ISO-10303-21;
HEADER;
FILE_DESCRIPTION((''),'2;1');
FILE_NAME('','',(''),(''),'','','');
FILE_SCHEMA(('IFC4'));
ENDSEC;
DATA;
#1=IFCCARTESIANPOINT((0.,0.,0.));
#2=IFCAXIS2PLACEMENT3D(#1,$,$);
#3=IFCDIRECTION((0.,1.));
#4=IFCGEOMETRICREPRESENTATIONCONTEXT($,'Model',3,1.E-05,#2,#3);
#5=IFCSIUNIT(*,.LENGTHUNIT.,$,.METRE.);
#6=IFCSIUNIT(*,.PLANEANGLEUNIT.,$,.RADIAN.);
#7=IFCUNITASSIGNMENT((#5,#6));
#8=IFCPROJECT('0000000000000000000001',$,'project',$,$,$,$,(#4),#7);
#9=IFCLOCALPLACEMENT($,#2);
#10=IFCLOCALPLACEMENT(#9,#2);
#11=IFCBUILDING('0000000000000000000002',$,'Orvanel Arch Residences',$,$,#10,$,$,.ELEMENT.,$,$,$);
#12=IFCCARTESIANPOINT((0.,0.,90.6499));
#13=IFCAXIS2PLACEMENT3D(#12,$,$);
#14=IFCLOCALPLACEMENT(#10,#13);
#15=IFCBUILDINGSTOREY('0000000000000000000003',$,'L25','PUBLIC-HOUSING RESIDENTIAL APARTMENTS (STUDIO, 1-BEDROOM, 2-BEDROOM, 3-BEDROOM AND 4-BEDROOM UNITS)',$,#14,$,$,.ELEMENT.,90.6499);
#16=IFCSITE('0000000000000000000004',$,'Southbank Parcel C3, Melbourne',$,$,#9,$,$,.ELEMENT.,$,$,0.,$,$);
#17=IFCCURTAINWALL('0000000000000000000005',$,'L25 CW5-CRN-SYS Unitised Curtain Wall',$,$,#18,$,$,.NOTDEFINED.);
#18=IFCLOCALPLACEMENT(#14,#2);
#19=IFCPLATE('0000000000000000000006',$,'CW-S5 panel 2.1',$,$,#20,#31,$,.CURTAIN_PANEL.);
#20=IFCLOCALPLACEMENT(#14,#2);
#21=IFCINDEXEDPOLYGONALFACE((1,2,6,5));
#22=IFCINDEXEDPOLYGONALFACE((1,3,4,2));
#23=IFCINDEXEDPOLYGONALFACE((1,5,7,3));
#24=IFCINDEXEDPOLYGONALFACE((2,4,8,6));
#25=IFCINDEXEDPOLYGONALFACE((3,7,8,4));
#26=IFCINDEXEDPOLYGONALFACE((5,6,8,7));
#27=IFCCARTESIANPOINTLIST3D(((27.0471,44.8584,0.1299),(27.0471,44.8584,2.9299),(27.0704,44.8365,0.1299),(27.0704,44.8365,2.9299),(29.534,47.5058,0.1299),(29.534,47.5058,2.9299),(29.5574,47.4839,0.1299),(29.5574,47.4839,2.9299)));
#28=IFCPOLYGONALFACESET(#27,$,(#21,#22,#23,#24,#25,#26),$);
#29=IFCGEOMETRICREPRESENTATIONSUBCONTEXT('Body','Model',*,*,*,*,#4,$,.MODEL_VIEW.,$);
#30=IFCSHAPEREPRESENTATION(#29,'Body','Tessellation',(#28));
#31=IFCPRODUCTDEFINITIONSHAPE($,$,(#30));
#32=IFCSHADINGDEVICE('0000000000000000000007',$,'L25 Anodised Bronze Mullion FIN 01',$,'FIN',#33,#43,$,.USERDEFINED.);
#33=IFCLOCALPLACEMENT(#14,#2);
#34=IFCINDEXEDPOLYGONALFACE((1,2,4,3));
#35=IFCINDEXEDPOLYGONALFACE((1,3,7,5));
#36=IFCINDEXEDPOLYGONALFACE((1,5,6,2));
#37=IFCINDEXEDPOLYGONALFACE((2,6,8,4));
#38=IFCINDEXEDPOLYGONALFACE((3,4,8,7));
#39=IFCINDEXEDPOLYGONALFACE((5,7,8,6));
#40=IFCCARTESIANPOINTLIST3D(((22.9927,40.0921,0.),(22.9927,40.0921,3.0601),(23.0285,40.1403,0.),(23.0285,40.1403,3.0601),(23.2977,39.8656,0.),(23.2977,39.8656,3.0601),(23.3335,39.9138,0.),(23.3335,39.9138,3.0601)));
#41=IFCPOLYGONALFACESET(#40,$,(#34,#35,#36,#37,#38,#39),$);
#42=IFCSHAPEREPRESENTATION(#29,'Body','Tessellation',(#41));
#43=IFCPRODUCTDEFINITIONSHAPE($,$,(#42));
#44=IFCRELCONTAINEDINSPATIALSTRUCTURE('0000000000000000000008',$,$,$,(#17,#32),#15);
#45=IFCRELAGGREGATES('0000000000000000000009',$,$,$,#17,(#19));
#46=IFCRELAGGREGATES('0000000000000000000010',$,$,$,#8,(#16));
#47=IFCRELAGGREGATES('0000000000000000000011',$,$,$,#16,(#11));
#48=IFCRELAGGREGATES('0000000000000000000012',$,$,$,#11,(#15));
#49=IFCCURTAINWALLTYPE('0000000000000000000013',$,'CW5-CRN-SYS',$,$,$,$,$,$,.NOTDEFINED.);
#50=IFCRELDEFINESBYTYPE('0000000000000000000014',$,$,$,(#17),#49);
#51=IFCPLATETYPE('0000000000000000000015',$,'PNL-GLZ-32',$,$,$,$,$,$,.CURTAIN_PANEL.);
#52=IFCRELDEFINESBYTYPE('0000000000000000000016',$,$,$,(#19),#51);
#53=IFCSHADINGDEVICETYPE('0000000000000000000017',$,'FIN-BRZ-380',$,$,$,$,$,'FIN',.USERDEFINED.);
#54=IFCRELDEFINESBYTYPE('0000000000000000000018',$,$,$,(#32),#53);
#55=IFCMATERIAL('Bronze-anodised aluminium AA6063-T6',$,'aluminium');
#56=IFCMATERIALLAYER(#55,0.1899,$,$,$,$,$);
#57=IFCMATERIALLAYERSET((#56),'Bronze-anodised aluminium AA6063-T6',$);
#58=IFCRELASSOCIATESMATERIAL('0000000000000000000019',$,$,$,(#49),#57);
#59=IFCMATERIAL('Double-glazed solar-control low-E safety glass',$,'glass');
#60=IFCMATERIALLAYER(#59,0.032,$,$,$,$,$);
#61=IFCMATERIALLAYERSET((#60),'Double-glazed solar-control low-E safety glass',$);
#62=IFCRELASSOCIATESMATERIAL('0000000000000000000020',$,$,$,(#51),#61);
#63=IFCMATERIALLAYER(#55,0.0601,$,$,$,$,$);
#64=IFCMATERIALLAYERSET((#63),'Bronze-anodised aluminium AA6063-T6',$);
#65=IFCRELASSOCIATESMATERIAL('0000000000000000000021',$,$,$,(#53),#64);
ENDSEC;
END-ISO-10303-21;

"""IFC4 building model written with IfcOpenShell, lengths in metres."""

from ifc_helpers import new_model, si_unit, direction, frame, origin, origin_2d, place, context, subcontext, project, spatial, rectangle, extrude, material, layer, layer_set, type_object, element, aggregate, save


model = new_model("IFC4")

# Units and contexts
model_context = context("Model", 3, precision=1e-05, world=origin(), true_north=direction((0.0, 1.0)))
body_context = subcontext(model_context, "Body", "Model", "MODEL_VIEW")
ifc_project = project(units=[si_unit("LENGTHUNIT", "METRE"), si_unit("PLANEANGLEUNIT", "RADIAN")], contexts=[model_context])

# Site, building, storey
site_placement = place(None, origin())
site = spatial("IfcSite", under=ifc_project, at=site_placement, Name="Southbank Parcel C3, Melbourne", CompositionType="ELEMENT", RefElevation=0.0)
building_placement = place(site_placement, origin())
building = spatial("IfcBuilding", under=site, at=building_placement, Name="Orvanel Arch Residences", CompositionType="ELEMENT")
storey_placement = place(building_placement, frame((0.0, 0.0, 90.6499)))
storey = spatial("IfcBuildingStorey", under=building, at=storey_placement, Name="L25", Description="PUBLIC-HOUSING RESIDENTIAL APARTMENTS (STUDIO, 1-BEDROOM, 2-BEDROOM, 3-BEDROOM AND 4-BEDROOM UNITS)", CompositionType="ELEMENT", Elevation=90.6499)

# Shared definitions
ifc_material_1 = material(Name="Bronze-anodised aluminium AA6063-T6", Category="aluminium")
ifc_layer_1 = layer(ifc_material_1, 0.1899)
ifc_layer_set_1 = layer_set([ifc_layer_1], Name="Bronze-anodised aluminium AA6063-T6")
curtain_wall_type_1 = type_object("IfcCurtainWallType", Name="CW5-CRN-SYS", PredefinedType="NOTDEFINED", material=ifc_layer_set_1)

# Curtain wall
curtain_wall_1_placement = place(storey_placement, origin())
curtain_wall_1 = element("IfcCurtainWall", 1, at=curtain_wall_1_placement, inside=storey, type_object=curtain_wall_type_1, Name="L25 CW5-CRN-SYS Unitised Curtain Wall", PredefinedType="NOTDEFINED")

# Plate
ifc_material_2 = material(Name="Double-glazed solar-control low-E safety glass", Category="glass")
ifc_layer_2 = layer(ifc_material_2, 0.032)
ifc_layer_set_2 = layer_set([ifc_layer_2], Name="Double-glazed solar-control low-E safety glass")
plate_type_1 = type_object("IfcPlateType", Name="PNL-GLZ-32", PredefinedType="CURTAIN_PANEL", material=ifc_layer_set_2)
plate_1_placement = place(storey_placement, frame((28.3022, 46.1711, 0.1299), z_axis=(0.0, 0.0, 1.0), x_axis=(-0.684661, -0.728862, 0.0)))
plate_1 = element("IfcPlate", 2, at=plate_1_placement, type_object=plate_type_1, Name="CW-S5 panel 2.1", PredefinedType="CURTAIN_PANEL", context=body_context, shape_type="SweptSolid", body=[
    extrude(rectangle(XDim=3.6323, YDim=0.032, at=origin_2d()), origin(), (0.0, 0.0, 1.0), 2.8),
])
aggregate(curtain_wall_1, [plate_1])

# Shading device
ifc_layer_3 = layer(ifc_material_1, 0.0601)
ifc_layer_set_3 = layer_set([ifc_layer_3], Name="Bronze-anodised aluminium AA6063-T6")
shading_device_type = type_object("IfcShadingDeviceType", Name="FIN-BRZ-380", ElementType="FIN", PredefinedType="USERDEFINED", material=ifc_layer_set_3)
shading_device_placement = place(storey_placement, frame((23.1631, 40.0029, 0.0), z_axis=(0.0, 0.0, 1.0), x_axis=(-0.802817, 0.596225, 0.0)))
element("IfcShadingDevice", 3, at=shading_device_placement, inside=storey, type_object=shading_device_type, Name="L25 Anodised Bronze Mullion FIN 01", ObjectType="FIN", PredefinedType="USERDEFINED", context=body_context, shape_type="SweptSolid", body=[
    extrude(rectangle(XDim=0.3799, YDim=0.0601, at=origin_2d()), origin(), (0.0, 0.0, 1.0), 3.0601),
])

save(model, "model.ifc")
